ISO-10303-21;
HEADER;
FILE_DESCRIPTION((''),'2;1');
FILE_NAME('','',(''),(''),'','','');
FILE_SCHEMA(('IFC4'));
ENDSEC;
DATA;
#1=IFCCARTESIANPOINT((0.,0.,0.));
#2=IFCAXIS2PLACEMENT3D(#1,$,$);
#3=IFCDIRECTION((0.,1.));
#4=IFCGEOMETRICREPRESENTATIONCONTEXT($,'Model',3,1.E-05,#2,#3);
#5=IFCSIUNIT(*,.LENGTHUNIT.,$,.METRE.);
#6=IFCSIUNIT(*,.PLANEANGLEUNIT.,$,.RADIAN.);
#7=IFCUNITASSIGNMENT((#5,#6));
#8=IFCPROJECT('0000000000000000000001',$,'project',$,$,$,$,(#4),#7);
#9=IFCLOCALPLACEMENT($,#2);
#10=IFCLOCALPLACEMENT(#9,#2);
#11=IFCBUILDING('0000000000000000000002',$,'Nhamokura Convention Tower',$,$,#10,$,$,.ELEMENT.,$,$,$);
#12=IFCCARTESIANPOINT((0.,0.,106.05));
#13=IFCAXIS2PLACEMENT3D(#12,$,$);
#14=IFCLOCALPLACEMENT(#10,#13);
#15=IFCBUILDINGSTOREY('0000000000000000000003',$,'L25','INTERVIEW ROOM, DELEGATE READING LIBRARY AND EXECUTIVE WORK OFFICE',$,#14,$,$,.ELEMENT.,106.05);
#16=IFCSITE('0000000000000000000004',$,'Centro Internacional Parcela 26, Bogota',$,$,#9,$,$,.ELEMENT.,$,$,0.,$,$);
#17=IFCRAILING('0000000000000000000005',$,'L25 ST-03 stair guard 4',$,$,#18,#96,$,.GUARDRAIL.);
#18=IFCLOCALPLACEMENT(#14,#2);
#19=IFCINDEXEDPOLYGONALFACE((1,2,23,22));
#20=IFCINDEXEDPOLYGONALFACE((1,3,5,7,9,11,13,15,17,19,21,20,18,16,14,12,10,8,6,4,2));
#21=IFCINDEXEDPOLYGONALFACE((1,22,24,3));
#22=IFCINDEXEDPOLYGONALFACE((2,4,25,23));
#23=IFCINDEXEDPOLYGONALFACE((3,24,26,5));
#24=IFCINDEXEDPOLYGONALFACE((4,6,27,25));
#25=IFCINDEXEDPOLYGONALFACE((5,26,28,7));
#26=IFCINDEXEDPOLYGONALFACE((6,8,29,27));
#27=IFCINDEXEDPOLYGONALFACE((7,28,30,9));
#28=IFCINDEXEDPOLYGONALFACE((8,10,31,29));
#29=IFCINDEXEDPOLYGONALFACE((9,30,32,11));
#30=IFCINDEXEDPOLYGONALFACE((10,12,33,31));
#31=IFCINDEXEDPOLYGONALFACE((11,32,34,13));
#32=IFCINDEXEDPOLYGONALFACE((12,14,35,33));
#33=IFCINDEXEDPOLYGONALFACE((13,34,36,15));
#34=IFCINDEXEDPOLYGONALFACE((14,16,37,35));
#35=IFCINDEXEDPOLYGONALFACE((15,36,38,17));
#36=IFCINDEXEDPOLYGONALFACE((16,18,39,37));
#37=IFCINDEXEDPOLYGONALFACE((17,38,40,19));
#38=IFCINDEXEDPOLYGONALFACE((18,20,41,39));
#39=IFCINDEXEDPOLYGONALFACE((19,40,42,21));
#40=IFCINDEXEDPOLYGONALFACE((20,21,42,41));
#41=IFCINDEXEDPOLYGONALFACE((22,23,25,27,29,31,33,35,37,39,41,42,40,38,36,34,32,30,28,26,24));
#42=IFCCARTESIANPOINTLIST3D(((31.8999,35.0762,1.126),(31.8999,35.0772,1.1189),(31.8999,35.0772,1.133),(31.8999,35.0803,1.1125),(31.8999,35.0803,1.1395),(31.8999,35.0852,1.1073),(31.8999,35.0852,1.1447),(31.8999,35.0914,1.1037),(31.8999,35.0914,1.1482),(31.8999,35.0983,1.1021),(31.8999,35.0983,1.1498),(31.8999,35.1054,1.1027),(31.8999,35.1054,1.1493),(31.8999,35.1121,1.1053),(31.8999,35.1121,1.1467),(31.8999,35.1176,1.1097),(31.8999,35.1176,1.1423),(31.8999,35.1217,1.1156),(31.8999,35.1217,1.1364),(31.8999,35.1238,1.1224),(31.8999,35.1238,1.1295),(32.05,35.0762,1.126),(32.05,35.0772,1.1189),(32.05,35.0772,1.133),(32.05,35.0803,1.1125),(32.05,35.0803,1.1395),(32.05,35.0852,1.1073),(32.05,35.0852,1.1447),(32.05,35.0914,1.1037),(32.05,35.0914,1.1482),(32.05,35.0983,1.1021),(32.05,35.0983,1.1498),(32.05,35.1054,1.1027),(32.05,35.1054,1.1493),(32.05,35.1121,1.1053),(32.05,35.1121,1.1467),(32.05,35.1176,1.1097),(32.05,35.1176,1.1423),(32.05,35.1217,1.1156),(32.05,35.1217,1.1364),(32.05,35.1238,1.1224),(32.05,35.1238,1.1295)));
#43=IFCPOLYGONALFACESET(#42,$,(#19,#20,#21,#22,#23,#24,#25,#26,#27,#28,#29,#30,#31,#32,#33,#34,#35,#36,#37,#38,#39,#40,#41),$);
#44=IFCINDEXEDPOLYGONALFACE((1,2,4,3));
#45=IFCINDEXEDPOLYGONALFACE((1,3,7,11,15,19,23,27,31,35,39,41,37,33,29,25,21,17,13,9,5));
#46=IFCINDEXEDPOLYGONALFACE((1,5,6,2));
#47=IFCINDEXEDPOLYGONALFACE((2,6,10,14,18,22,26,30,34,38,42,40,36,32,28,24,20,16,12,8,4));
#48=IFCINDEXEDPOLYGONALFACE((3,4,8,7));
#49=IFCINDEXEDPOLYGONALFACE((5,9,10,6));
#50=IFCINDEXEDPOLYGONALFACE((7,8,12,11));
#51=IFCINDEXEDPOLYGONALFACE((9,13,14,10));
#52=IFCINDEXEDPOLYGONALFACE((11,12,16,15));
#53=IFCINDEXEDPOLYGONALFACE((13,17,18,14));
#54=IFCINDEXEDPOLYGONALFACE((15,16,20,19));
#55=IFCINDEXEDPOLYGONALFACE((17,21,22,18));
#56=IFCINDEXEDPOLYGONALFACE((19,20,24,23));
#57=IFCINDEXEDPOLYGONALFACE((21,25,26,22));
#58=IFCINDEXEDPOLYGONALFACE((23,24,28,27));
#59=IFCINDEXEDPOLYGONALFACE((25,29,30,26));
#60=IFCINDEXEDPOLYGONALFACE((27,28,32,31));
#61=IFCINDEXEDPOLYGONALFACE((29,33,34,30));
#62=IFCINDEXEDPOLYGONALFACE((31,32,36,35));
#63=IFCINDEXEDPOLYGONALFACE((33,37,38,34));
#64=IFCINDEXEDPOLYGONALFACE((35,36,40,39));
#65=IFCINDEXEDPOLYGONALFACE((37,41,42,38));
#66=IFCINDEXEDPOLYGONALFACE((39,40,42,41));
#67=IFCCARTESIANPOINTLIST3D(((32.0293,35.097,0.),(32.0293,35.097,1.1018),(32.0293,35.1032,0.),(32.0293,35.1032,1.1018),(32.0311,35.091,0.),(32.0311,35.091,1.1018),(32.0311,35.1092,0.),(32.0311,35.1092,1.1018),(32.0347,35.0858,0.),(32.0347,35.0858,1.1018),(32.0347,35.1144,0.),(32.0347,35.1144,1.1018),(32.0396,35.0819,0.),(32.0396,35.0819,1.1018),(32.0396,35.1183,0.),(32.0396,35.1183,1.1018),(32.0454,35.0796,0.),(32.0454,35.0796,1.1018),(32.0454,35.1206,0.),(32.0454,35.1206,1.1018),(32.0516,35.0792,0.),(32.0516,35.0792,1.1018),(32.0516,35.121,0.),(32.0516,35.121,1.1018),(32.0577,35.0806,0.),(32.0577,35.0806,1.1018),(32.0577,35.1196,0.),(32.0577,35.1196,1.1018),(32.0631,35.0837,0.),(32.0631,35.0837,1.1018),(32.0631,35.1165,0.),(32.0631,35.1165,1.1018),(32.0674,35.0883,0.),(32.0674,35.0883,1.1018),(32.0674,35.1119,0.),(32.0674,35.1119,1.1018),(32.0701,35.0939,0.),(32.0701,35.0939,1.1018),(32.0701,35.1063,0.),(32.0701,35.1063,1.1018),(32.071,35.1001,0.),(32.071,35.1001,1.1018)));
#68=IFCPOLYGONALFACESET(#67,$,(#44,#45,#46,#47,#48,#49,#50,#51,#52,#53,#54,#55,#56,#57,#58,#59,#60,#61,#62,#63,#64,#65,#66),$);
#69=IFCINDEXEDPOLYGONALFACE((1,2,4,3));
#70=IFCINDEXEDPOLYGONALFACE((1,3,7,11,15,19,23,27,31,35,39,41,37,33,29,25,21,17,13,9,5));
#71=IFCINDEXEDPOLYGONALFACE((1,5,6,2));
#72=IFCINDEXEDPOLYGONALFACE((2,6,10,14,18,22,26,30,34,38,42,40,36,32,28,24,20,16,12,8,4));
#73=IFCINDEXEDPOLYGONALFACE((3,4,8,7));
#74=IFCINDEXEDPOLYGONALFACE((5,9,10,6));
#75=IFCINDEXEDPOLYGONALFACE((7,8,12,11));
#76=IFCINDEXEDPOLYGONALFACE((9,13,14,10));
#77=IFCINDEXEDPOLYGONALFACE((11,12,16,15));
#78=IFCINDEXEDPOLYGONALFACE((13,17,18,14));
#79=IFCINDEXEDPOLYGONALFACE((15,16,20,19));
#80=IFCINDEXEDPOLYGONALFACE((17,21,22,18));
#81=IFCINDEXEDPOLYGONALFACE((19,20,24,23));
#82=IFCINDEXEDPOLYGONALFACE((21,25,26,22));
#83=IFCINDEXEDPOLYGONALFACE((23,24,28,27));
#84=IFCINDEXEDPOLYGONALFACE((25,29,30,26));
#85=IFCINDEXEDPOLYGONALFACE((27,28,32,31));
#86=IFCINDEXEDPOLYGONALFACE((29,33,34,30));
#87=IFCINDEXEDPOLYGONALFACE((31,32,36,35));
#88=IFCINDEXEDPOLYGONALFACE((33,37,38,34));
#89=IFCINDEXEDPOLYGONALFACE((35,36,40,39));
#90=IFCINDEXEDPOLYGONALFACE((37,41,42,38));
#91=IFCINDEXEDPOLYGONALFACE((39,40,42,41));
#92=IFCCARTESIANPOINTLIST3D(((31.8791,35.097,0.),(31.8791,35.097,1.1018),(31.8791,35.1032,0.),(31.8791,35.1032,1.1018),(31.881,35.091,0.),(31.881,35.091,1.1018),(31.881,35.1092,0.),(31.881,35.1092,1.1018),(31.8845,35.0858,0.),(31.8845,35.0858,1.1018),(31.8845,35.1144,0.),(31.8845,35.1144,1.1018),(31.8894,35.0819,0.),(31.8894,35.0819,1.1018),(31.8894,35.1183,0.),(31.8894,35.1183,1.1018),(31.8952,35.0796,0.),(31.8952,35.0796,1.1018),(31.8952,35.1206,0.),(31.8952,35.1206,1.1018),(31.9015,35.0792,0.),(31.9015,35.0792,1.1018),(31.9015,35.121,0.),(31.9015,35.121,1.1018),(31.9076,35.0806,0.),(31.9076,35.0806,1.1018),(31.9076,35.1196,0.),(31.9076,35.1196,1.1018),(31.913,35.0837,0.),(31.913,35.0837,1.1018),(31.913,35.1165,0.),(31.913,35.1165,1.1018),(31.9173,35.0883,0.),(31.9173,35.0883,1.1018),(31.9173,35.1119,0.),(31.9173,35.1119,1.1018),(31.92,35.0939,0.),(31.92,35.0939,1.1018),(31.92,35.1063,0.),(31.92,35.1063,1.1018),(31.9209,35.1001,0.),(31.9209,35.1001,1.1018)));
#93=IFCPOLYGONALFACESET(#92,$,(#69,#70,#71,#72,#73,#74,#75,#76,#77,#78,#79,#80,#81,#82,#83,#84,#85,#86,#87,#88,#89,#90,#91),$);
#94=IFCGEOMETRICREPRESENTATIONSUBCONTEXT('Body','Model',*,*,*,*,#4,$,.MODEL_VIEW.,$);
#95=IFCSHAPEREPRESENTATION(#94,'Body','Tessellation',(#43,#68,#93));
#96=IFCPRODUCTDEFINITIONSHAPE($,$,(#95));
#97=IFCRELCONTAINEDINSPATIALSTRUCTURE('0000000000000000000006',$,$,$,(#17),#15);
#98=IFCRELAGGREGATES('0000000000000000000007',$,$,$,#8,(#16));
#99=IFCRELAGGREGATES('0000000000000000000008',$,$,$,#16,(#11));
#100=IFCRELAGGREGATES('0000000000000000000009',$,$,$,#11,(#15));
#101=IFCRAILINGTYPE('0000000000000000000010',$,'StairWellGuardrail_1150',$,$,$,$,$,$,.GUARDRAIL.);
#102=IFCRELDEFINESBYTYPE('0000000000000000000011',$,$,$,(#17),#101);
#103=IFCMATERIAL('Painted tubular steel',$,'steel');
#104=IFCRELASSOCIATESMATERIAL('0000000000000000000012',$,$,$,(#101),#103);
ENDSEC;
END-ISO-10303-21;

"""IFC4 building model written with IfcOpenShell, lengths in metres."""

from ifc_helpers import new_model, si_unit, direction, frame, origin, origin_2d, place, context, subcontext, project, spatial, circle, extrude, material, type_object, element, save


model = new_model("IFC4")

# Units and contexts
model_context = context("Model", 3, precision=1e-05, world=origin(), true_north=direction((0.0, 1.0)))
body_context = subcontext(model_context, "Body", "Model", "MODEL_VIEW")
ifc_project = project(units=[si_unit("LENGTHUNIT", "METRE"), si_unit("PLANEANGLEUNIT", "RADIAN")], contexts=[model_context])

# Site, building, storey
site_placement = place(None, origin())
site = spatial("IfcSite", under=ifc_project, at=site_placement, Name="Centro Internacional Parcela 26, Bogota", CompositionType="ELEMENT", RefElevation=0.0)
building_placement = place(site_placement, origin())
building = spatial("IfcBuilding", under=site, at=building_placement, Name="Nhamokura Convention Tower", CompositionType="ELEMENT")
storey_placement = place(building_placement, frame((0.0, 0.0, 106.05)))
storey = spatial("IfcBuildingStorey", under=building, at=storey_placement, Name="L25", Description="INTERVIEW ROOM, DELEGATE READING LIBRARY AND EXECUTIVE WORK OFFICE", CompositionType="ELEMENT", Elevation=106.05)

# Railing
ifc_material_1 = material(Name="Painted tubular steel", Category="steel")
railing_type_1 = type_object("IfcRailingType", Name="StairWellGuardrail_1150", PredefinedType="GUARDRAIL", material=ifc_material_1)
railing_1_placement = place(storey_placement, frame((32.05, 35.1001, 0.0)))
element("IfcRailing", 1, at=railing_1_placement, inside=storey, type_object=railing_type_1, Name="L25 ST-03 stair guard 4", PredefinedType="GUARDRAIL", context=body_context, shape_type="SweptSolid", body=[
    extrude(circle(Radius=0.0239, at=origin_2d()), frame((0.0, 0.0, 1.126), z_axis=(-1.0, 0.0, 0.0), x_axis=(0.0, -1.0, 0.0)), (0.0, 0.0, 1.0), 0.1501),
    extrude(circle(Radius=0.021, at=origin_2d()), origin(), (0.0, 0.0, 1.0), 1.1018),
    extrude(circle(Radius=0.021, at=origin_2d()), frame((-0.1501, 0.0, 0.0)), (0.0, 0.0, 1.0), 1.1018),
])

save(model, "model.ifc")
